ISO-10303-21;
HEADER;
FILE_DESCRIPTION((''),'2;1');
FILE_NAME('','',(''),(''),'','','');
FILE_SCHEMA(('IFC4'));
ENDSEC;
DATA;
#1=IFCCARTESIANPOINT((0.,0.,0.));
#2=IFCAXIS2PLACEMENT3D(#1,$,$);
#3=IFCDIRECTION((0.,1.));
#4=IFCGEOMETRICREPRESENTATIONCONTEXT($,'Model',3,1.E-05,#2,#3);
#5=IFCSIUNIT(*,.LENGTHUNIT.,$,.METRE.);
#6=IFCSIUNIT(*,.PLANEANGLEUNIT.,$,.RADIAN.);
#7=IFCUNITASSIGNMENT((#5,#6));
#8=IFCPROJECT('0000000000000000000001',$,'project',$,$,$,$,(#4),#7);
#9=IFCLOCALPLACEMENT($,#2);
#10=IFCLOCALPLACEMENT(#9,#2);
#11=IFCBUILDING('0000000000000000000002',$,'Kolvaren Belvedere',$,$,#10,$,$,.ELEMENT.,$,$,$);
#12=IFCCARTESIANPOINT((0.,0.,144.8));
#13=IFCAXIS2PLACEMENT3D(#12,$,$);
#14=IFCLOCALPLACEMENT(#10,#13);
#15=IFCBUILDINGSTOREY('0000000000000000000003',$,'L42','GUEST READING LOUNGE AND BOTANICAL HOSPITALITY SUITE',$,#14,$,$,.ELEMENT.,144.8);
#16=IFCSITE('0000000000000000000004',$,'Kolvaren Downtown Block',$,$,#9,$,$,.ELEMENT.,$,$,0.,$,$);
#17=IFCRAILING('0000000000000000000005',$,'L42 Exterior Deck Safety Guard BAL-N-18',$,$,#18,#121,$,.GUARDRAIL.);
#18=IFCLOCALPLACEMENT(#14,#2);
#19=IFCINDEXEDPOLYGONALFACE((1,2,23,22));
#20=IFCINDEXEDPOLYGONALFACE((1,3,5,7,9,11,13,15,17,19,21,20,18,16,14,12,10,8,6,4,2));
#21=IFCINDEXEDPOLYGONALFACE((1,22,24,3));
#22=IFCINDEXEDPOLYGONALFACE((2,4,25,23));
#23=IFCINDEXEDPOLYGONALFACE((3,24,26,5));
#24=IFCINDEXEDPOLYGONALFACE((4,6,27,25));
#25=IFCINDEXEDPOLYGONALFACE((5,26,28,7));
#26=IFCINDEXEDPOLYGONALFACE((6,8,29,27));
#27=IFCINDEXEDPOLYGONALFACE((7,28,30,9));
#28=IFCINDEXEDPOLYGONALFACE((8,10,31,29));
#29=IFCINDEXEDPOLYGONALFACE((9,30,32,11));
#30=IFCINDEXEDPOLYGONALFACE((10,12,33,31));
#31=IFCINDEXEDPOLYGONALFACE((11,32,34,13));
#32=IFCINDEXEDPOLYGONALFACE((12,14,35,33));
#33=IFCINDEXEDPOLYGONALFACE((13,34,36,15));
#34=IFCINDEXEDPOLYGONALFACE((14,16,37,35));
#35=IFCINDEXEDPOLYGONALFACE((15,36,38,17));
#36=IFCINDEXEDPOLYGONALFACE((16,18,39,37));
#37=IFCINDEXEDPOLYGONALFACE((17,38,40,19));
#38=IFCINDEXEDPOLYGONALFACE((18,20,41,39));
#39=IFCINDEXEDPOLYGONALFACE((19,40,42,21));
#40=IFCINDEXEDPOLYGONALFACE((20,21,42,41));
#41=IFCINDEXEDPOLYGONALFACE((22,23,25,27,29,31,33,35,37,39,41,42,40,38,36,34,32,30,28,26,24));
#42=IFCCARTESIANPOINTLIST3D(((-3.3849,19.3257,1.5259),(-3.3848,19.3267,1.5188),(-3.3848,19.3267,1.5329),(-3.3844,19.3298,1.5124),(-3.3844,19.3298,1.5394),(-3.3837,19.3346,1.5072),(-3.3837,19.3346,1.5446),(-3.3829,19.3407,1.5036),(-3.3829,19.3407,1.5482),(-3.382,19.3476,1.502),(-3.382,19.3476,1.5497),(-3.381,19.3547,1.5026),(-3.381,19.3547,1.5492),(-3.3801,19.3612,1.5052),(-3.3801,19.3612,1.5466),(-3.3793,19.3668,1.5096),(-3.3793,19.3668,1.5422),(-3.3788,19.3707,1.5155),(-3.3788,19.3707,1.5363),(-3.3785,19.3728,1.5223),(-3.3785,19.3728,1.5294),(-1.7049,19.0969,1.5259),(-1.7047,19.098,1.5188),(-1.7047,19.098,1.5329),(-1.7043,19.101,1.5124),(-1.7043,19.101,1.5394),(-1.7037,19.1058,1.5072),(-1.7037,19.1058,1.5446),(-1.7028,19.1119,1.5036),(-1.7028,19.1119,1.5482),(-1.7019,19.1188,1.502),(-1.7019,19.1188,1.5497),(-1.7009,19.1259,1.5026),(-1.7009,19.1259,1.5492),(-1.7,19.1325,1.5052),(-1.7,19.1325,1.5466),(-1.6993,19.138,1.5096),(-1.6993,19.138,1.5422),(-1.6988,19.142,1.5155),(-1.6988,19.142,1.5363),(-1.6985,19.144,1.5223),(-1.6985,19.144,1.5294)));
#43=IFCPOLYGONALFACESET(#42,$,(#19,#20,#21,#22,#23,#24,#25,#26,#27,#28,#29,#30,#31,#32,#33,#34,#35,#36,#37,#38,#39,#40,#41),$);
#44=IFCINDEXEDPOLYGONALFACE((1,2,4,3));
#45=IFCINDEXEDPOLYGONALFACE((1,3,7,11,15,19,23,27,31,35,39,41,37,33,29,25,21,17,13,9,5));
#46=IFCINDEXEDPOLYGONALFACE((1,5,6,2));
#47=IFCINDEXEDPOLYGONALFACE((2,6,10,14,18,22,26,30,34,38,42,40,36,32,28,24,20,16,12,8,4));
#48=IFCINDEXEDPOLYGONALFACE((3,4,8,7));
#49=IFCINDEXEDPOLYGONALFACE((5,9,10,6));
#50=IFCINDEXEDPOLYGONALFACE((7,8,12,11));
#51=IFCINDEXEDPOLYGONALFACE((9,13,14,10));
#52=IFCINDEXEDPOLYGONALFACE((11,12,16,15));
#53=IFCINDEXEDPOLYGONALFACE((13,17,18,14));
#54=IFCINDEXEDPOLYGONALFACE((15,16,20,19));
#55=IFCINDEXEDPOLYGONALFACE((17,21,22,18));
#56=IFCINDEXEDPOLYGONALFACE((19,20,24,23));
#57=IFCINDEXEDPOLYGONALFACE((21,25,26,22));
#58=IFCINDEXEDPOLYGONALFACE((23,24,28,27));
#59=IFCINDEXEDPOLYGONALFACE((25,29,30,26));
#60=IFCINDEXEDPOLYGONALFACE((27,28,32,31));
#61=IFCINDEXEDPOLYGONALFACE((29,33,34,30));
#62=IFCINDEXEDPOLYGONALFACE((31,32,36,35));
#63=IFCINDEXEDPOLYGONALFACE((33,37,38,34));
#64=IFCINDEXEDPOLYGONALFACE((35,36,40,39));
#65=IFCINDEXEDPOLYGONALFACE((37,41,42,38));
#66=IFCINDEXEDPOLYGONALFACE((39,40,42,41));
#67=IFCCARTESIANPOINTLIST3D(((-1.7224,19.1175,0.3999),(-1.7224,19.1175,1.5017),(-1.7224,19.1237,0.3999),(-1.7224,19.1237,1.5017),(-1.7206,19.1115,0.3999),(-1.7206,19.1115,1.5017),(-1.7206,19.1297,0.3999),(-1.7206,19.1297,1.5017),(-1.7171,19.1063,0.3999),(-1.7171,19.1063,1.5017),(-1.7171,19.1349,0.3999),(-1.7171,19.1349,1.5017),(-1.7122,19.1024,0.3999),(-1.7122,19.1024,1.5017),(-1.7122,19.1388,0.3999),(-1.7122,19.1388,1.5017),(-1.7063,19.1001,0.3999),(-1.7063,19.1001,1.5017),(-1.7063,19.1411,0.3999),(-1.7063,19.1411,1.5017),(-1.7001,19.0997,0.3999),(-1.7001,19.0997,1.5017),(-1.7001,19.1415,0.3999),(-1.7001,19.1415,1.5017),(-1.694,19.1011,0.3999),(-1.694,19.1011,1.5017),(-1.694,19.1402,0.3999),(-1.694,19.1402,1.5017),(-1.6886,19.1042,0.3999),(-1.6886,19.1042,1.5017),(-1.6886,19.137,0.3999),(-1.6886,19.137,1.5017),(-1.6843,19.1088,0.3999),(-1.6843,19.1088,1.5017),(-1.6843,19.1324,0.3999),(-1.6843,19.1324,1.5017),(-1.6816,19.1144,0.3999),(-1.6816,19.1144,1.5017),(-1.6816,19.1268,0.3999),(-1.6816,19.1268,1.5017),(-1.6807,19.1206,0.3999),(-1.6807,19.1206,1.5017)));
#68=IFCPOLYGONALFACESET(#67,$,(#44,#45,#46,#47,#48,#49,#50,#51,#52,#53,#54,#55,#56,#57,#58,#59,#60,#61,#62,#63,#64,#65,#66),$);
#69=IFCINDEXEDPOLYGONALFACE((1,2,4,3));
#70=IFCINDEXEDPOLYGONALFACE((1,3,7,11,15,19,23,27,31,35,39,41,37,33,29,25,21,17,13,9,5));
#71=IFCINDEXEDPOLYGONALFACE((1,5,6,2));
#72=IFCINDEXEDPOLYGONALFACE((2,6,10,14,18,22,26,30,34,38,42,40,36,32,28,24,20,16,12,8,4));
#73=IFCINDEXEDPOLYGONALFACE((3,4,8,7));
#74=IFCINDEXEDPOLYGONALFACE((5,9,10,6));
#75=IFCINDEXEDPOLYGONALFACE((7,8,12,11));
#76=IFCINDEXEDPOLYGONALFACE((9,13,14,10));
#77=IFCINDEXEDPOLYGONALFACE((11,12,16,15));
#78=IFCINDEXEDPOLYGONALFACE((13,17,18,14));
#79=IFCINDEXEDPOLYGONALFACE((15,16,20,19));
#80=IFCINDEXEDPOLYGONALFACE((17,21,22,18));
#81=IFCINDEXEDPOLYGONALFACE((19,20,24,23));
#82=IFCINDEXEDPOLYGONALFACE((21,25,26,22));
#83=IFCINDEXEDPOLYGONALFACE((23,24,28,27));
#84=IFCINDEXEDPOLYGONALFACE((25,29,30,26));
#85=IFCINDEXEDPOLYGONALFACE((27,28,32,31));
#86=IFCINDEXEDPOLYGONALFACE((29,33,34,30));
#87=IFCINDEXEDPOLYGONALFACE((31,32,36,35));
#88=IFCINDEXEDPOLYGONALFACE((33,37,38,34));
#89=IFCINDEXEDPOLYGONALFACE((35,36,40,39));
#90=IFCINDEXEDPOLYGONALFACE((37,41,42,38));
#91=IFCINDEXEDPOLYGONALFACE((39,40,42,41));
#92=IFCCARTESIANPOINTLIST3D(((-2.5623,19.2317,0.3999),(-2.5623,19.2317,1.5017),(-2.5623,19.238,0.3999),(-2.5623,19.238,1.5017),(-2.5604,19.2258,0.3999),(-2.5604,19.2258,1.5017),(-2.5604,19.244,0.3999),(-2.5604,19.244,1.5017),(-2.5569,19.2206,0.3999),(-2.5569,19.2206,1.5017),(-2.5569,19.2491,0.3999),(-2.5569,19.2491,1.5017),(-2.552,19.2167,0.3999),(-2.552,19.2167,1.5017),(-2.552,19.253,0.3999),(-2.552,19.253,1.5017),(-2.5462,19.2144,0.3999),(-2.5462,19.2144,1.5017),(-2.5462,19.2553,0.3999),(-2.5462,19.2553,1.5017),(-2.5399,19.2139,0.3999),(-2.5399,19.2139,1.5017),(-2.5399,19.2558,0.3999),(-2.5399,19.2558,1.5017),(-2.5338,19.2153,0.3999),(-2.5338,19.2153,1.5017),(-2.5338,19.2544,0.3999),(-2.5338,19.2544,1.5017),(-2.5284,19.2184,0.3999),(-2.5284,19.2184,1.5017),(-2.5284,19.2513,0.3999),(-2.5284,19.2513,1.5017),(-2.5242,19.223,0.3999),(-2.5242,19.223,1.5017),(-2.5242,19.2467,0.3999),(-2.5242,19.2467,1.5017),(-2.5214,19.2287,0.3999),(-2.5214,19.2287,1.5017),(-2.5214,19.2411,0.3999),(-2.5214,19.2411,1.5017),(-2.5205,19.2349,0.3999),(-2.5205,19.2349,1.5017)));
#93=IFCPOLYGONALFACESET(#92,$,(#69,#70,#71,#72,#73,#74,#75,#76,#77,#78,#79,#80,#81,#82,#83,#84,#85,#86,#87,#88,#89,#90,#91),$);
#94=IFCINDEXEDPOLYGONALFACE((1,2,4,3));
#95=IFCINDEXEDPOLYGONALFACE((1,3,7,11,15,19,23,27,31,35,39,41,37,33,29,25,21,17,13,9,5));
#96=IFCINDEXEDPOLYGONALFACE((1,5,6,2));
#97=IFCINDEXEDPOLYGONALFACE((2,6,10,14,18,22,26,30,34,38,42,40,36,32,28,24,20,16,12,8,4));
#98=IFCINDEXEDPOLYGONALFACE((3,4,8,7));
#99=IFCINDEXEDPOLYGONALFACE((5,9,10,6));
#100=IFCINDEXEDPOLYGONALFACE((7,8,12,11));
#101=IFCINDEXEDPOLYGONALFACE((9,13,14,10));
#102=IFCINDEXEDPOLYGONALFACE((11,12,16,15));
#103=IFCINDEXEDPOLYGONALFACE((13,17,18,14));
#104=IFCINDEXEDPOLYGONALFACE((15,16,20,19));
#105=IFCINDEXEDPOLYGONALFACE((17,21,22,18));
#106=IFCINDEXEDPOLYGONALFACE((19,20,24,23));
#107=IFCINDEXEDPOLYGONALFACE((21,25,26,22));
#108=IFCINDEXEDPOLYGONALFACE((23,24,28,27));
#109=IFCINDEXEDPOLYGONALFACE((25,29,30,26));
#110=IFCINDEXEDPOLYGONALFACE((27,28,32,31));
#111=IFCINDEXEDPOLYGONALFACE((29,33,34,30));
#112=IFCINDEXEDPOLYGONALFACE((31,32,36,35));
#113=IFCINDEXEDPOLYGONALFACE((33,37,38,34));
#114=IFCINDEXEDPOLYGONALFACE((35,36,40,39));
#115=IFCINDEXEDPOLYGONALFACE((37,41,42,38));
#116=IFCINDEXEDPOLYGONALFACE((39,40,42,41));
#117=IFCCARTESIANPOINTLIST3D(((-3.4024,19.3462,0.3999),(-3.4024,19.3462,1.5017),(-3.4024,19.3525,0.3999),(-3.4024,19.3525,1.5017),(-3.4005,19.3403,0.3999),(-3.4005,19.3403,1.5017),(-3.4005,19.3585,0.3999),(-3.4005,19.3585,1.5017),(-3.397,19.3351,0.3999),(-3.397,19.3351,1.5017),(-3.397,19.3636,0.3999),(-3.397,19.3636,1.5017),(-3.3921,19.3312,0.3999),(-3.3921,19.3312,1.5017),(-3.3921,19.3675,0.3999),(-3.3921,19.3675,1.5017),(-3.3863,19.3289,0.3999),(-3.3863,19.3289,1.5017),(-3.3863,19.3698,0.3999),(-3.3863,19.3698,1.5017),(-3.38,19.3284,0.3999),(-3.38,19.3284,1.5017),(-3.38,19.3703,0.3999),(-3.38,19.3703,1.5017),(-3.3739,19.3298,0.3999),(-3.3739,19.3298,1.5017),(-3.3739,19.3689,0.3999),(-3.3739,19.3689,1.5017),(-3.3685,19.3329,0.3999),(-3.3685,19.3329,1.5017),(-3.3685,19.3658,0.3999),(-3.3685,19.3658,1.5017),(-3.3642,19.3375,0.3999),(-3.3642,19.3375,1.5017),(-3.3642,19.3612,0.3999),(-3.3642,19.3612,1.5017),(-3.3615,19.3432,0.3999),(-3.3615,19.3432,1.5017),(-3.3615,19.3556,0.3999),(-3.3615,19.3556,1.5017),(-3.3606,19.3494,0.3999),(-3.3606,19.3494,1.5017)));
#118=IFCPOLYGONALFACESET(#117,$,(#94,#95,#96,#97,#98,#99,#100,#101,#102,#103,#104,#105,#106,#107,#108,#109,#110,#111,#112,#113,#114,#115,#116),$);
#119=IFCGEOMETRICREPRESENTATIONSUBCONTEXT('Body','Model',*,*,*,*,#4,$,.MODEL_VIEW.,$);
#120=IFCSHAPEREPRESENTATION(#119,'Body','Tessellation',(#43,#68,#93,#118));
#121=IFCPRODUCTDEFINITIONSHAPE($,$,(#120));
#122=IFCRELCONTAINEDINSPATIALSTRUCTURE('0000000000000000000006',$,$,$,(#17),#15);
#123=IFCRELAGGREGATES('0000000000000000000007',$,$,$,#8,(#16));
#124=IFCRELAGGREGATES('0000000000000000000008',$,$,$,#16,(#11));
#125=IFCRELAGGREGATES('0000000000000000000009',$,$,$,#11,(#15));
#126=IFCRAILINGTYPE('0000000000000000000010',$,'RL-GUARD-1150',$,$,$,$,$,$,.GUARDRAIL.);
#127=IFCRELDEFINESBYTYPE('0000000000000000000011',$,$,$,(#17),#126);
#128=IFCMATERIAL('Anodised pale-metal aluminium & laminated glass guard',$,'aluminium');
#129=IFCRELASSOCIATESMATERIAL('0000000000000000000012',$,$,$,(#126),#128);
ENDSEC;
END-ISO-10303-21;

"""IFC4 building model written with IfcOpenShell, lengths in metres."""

from ifc_helpers import new_model, si_unit, direction, frame, origin, origin_2d, place, context, subcontext, project, spatial, circle, extrude, material, type_object, element, save


model = new_model("IFC4")

# Units and contexts
model_context = context("Model", 3, precision=1e-05, world=origin(), true_north=direction((0.0, 1.0)))
body_context = subcontext(model_context, "Body", "Model", "MODEL_VIEW")
ifc_project = project(units=[si_unit("LENGTHUNIT", "METRE"), si_unit("PLANEANGLEUNIT", "RADIAN")], contexts=[model_context])

# Site, building, storey
site_placement = place(None, origin())
site = spatial("IfcSite", under=ifc_project, at=site_placement, Name="Kolvaren Downtown Block", CompositionType="ELEMENT", RefElevation=0.0)
building_placement = place(site_placement, origin())
building = spatial("IfcBuilding", under=site, at=building_placement, Name="Kolvaren Belvedere", CompositionType="ELEMENT")
storey_placement = place(building_placement, frame((0.0, 0.0, 144.8)))
storey = spatial("IfcBuildingStorey", under=building, at=storey_placement, Name="L42", Description="GUEST READING LOUNGE AND BOTANICAL HOSPITALITY SUITE", CompositionType="ELEMENT", Elevation=144.8)

# Railing
ifc_material_1 = material(Name="Anodised pale-metal aluminium & laminated glass guard", Category="aluminium")
railing_type = type_object("IfcRailingType", Name="RL-GUARD-1150", PredefinedType="GUARDRAIL", material=ifc_material_1)
railing_1_placement = place(storey_placement, frame((-1.7017, 19.1206, 0.3999)))
element("IfcRailing", 1, at=railing_1_placement, inside=storey, type_object=railing_type, Name="L42 Exterior Deck Safety Guard BAL-N-18", PredefinedType="GUARDRAIL", context=body_context, shape_type="SweptSolid", body=[
    extrude(circle(Radius=0.0239, at=origin_2d()), frame((0.0, 0.0, 1.126), z_axis=(-0.990856, 0.134927, 0.0), x_axis=(-0.134927, -0.990856, 0.0)), (0.0, 0.0, 1.0), 1.6956),
    extrude(circle(Radius=0.021, at=origin_2d()), origin(), (0.0, 0.0, 1.0), 1.1018),
    extrude(circle(Radius=0.021, at=origin_2d()), frame((-0.8398, 0.1143, 0.0)), (0.0, 0.0, 1.0), 1.1018),
    extrude(circle(Radius=0.021, at=origin_2d()), frame((-1.6799, 0.2288, 0.0)), (0.0, 0.0, 1.0), 1.1018),
])

save(model, "model.ifc")
